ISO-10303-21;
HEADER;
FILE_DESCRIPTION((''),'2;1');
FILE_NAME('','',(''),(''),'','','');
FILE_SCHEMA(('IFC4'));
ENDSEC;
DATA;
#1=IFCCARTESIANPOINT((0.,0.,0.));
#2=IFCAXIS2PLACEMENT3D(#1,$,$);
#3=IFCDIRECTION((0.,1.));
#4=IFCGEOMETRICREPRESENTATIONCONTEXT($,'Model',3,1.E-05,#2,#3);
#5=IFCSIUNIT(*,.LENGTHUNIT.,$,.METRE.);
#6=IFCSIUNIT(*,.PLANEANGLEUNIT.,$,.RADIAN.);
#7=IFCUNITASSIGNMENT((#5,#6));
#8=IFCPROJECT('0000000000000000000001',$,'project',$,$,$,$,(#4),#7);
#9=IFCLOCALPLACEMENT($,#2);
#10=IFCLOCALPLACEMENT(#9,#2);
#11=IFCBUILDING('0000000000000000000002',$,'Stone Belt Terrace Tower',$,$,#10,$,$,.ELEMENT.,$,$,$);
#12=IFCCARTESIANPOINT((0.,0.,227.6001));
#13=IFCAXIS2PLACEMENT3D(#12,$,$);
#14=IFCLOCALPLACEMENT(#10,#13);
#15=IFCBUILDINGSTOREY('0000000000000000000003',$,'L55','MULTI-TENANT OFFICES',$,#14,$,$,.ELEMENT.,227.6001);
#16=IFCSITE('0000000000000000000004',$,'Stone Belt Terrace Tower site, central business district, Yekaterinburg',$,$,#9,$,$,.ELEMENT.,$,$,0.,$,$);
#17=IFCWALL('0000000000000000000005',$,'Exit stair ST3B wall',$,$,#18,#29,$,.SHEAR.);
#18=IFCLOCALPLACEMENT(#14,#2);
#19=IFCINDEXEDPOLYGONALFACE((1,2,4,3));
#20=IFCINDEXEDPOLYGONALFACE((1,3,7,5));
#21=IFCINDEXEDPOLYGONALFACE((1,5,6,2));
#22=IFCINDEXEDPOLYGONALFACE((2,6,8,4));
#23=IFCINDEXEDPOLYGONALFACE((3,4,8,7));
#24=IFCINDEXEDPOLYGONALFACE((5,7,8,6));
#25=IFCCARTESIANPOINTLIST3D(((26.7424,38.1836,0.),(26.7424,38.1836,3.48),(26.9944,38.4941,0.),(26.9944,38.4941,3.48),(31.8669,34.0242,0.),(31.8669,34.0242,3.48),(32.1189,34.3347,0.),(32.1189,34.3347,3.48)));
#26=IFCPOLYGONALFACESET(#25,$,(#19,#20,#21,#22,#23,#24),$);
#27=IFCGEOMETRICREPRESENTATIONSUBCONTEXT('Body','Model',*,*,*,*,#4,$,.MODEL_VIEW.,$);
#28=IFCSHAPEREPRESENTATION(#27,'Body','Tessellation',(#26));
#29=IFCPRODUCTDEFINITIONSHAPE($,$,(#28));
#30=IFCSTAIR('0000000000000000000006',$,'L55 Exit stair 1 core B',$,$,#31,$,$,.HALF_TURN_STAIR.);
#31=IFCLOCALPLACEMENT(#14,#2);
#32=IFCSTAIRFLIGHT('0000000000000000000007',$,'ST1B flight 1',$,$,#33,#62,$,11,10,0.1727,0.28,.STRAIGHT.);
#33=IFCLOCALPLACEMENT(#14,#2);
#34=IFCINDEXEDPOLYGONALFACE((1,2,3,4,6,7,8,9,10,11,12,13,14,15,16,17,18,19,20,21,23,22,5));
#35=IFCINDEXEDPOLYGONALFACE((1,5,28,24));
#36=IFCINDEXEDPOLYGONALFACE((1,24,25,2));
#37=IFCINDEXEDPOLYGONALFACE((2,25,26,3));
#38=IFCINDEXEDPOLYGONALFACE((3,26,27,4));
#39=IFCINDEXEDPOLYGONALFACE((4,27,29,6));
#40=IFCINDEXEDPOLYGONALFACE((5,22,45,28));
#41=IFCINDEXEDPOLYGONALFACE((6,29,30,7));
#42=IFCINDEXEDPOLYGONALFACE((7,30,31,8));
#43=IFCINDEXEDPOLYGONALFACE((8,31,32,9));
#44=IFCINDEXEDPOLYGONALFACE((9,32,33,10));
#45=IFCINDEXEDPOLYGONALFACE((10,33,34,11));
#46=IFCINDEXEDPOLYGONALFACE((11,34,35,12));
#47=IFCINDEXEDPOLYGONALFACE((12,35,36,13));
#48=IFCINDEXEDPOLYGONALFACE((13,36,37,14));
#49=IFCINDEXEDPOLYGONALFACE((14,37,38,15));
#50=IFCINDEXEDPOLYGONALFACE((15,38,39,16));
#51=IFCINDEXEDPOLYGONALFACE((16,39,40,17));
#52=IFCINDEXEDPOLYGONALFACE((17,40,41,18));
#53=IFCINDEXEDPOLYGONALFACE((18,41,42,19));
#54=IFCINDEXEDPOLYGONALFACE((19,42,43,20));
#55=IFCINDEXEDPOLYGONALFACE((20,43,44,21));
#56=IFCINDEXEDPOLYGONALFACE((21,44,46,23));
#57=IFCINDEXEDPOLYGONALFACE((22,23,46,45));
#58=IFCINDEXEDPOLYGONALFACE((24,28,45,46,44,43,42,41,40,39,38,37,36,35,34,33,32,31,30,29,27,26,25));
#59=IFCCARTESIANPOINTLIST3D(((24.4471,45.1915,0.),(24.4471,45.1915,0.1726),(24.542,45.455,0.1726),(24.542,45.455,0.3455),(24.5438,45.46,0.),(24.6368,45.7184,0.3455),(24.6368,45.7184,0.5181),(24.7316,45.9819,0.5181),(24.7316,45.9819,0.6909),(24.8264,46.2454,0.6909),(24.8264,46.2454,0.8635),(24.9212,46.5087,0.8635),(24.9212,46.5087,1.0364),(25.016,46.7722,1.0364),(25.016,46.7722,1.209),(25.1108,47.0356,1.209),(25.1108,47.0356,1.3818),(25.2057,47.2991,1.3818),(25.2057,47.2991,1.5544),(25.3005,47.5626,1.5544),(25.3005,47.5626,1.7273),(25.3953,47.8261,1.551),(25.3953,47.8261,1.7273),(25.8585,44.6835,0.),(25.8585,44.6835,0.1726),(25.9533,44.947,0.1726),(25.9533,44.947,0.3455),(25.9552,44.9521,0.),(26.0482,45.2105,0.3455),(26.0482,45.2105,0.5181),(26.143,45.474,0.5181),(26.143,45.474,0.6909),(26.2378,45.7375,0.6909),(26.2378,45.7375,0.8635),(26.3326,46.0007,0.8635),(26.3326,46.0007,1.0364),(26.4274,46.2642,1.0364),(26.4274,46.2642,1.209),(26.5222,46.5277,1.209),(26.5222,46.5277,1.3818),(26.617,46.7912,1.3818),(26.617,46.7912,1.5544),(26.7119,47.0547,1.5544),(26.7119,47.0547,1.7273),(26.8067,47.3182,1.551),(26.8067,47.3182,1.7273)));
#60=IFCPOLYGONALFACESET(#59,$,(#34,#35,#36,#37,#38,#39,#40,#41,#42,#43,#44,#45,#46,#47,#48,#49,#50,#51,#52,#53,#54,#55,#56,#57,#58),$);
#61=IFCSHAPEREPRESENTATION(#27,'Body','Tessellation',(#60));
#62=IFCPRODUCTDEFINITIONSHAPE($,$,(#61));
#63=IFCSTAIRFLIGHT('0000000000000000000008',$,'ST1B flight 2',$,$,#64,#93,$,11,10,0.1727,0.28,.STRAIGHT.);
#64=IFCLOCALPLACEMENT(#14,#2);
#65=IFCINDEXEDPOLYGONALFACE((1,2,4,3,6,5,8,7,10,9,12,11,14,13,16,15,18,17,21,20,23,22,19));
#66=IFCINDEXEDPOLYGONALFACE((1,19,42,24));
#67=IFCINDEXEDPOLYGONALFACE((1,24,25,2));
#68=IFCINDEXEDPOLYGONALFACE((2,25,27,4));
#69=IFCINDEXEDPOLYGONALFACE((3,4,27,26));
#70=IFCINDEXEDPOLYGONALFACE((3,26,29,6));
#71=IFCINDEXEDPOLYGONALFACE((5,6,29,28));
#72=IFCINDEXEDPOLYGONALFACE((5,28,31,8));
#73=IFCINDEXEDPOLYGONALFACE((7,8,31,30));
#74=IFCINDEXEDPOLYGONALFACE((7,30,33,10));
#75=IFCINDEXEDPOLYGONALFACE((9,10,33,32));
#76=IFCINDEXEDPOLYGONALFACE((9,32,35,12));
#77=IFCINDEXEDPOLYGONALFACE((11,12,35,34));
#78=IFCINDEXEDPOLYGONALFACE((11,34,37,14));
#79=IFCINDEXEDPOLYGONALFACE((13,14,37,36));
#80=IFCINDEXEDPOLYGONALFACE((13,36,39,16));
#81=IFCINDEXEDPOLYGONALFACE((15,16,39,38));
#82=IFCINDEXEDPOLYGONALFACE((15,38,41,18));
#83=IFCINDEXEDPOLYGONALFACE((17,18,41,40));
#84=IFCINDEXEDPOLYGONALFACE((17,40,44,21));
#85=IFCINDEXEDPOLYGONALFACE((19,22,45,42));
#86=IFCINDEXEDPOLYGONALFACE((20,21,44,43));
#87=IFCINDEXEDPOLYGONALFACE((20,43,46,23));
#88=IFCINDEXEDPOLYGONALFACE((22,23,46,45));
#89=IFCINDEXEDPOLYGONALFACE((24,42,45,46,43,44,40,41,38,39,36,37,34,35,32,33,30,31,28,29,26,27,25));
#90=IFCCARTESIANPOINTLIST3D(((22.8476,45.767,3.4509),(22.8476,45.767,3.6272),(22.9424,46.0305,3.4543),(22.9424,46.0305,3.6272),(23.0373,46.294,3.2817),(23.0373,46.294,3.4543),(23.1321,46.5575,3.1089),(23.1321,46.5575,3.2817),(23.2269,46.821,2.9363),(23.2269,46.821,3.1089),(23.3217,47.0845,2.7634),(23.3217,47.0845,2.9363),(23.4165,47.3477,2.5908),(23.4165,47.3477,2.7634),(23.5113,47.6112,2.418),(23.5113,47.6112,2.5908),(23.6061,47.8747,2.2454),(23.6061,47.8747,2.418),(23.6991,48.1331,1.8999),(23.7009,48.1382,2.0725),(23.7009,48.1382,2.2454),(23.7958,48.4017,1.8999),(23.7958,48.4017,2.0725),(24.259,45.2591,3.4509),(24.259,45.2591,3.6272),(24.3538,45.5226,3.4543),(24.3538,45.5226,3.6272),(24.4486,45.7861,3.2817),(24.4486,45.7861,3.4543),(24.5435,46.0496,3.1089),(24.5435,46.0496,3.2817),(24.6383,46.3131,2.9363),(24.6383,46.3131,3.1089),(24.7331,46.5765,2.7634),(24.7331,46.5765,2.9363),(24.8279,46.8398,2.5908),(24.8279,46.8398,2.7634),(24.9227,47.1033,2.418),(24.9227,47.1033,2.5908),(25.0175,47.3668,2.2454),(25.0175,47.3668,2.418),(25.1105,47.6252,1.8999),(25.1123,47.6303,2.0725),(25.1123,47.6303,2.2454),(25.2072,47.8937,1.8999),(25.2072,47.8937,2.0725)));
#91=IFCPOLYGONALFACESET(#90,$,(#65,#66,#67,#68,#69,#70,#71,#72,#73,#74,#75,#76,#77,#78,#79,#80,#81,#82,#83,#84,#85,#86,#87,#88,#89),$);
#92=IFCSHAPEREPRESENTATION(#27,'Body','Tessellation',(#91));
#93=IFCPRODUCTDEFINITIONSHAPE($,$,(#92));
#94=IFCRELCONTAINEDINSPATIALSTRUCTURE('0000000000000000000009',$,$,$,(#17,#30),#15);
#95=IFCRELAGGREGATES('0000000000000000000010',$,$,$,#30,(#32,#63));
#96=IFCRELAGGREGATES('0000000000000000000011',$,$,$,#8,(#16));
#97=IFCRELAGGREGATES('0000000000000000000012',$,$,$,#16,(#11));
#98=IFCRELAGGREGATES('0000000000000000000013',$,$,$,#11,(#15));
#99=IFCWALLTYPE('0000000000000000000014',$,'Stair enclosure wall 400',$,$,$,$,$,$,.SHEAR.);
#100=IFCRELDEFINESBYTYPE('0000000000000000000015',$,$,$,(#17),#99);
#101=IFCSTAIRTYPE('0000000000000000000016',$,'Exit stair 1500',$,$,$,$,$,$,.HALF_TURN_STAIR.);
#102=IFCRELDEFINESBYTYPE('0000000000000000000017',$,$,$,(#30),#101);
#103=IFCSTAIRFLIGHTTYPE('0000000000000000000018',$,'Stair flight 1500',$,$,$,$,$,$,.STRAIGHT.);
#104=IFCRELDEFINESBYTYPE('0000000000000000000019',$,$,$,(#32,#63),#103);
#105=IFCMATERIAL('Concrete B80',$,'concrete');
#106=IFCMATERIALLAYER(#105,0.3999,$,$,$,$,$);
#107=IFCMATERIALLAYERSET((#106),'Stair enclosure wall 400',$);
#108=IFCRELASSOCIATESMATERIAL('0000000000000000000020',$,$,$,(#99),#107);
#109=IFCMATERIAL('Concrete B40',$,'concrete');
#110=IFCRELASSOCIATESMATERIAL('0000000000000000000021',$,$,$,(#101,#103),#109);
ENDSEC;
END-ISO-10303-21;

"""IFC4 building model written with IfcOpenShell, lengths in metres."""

from ifc_helpers import new_model, si_unit, direction, frame, frame_2d, origin, place, context, subcontext, project, spatial, polyline, rectangle, outline, extrude, material, layer, layer_set, type_object, element, aggregate, save


model = new_model("IFC4")

# Units and contexts
model_context = context("Model", 3, precision=1e-05, world=origin(), true_north=direction((0.0, 1.0)))
body_context = subcontext(model_context, "Body", "Model", "MODEL_VIEW")
ifc_project = project(units=[si_unit("LENGTHUNIT", "METRE"), si_unit("PLANEANGLEUNIT", "RADIAN")], contexts=[model_context])

# Site, building, storey
site_placement = place(None, origin())
site = spatial("IfcSite", under=ifc_project, at=site_placement, Name="Stone Belt Terrace Tower site, central business district, Yekaterinburg", CompositionType="ELEMENT", RefElevation=0.0)
building_placement = place(site_placement, origin())
building = spatial("IfcBuilding", under=site, at=building_placement, Name="Stone Belt Terrace Tower", CompositionType="ELEMENT")
storey_placement = place(building_placement, frame((0.0, 0.0, 227.6001)))
storey = spatial("IfcBuildingStorey", under=building, at=storey_placement, Name="L55", Description="MULTI-TENANT OFFICES", CompositionType="ELEMENT", Elevation=227.6001)

# Shared definitions
ifc_material_1 = material(Name="Concrete B80", Category="concrete")

# Shared definitions
ifc_layer_1 = layer(ifc_material_1, 0.3999)
ifc_layer_set_1 = layer_set([ifc_layer_1], Name="Stair enclosure wall 400")
wall_type_1 = type_object("IfcWallType", Name="Stair enclosure wall 400", PredefinedType="SHEAR", material=ifc_layer_set_1)

# Wall
wall_1_placement = place(storey_placement, frame((26.8684, 38.3389, 0.0), z_axis=(0.0, 0.0, 1.0), x_axis=(0.776428, -0.630205, 0.0)))
element("IfcWall", 1, at=wall_1_placement, inside=storey, type_object=wall_type_1, Name="Exit stair ST3B wall", PredefinedType="SHEAR", context=body_context, shape_type="SweptSolid", body=[
    extrude(rectangle(XDim=6.6001, YDim=0.3999, at=frame_2d((3.3, 0.0))), origin(), (0.0, 0.0, 1.0), 3.48),
])

# Stair, stair flights
ifc_material_2 = material(Name="Concrete B40", Category="concrete")
stair_type = type_object("IfcStairType", Name="Exit stair 1500", PredefinedType="HALF_TURN_STAIR", material=ifc_material_2)
stair_placement = place(storey_placement, origin())
stair = element("IfcStair", 2, at=stair_placement, inside=storey, type_object=stair_type, Name="L55 Exit stair 1 core B", PredefinedType="HALF_TURN_STAIR")
stair_flight_type = type_object("IfcStairFlightType", Name="Stair flight 1500", PredefinedType="STRAIGHT", material=ifc_material_2)
stair_flight_1_placement = place(storey_placement, frame((25.1528, 44.9375, 0.0), z_axis=(0.0, 0.0, 1.0), x_axis=(0.338624, 0.940922, 0.0)))
stair_flight_1 = element("IfcStairFlight", 3, at=stair_flight_1_placement, type_object=stair_flight_type, Name="ST1B flight 1", NumberOfRisers=11, NumberOfTreads=10, PredefinedType="STRAIGHT", RiserHeight=0.1727, TreadLength=0.28, context=body_context, shape_type="SweptSolid", body=[
    extrude(outline(polyline([(0.0, 0.0), (0.0, 0.1726), (0.28, 0.1726), (0.28, 0.3455), (0.5601, 0.3455), (0.5601, 0.5181), (0.8401, 0.5181), (0.8401, 0.6909), (1.1201, 0.6909), (1.1201, 0.8635), (1.3999, 0.8635), (1.3999, 1.0364), (1.6799, 1.0364), (1.6799, 1.209), (1.96, 1.209), (1.96, 1.3818), (2.24, 1.3818), (2.24, 1.5544), (2.52, 1.5544), (2.52, 1.7273), (2.8, 1.7273), (2.8, 1.8999), (2.8, 1.551), (0.2854, 0.0), (0.0, 0.0)])), frame((0.0, 0.75, 0.0), z_axis=(0.0, -1.0, 0.0), x_axis=(1.0, 0.0, 0.0)), (0.0, 0.0, 1.0), 1.5),
])
stair_flight_2_placement = place(storey_placement, frame((24.5015, 48.1477, 1.8999), z_axis=(0.0, 0.0, 1.0), x_axis=(-0.338624, -0.940922, 0.0)))
stair_flight_2 = element("IfcStairFlight", 4, at=stair_flight_2_placement, type_object=stair_flight_type, Name="ST1B flight 2", NumberOfRisers=11, NumberOfTreads=10, PredefinedType="STRAIGHT", RiserHeight=0.1727, TreadLength=0.28, context=body_context, shape_type="SweptSolid", body=[
    extrude(outline(polyline([(0.0, 0.0), (0.0, 0.1726), (0.28, 0.1726), (0.28, 0.3455), (0.5601, 0.3455), (0.5601, 0.5181), (0.8401, 0.5181), (0.8401, 0.6909), (1.1201, 0.6909), (1.1201, 0.8635), (1.3999, 0.8635), (1.3999, 1.0364), (1.6799, 1.0364), (1.6799, 1.209), (1.96, 1.209), (1.96, 1.3818), (2.24, 1.3818), (2.24, 1.5544), (2.52, 1.5544), (2.52, 1.7273), (2.8, 1.7273), (2.8, 1.8999), (2.8, 1.551), (0.2854, 0.0), (0.0, 0.0)])), frame((0.0, 0.75, 0.0), z_axis=(0.0, -1.0, 0.0), x_axis=(1.0, 0.0, 0.0)), (0.0, 0.0, 1.0), 1.5),
])
aggregate(stair, [stair_flight_1, stair_flight_2])

save(model, "model.ifc")
